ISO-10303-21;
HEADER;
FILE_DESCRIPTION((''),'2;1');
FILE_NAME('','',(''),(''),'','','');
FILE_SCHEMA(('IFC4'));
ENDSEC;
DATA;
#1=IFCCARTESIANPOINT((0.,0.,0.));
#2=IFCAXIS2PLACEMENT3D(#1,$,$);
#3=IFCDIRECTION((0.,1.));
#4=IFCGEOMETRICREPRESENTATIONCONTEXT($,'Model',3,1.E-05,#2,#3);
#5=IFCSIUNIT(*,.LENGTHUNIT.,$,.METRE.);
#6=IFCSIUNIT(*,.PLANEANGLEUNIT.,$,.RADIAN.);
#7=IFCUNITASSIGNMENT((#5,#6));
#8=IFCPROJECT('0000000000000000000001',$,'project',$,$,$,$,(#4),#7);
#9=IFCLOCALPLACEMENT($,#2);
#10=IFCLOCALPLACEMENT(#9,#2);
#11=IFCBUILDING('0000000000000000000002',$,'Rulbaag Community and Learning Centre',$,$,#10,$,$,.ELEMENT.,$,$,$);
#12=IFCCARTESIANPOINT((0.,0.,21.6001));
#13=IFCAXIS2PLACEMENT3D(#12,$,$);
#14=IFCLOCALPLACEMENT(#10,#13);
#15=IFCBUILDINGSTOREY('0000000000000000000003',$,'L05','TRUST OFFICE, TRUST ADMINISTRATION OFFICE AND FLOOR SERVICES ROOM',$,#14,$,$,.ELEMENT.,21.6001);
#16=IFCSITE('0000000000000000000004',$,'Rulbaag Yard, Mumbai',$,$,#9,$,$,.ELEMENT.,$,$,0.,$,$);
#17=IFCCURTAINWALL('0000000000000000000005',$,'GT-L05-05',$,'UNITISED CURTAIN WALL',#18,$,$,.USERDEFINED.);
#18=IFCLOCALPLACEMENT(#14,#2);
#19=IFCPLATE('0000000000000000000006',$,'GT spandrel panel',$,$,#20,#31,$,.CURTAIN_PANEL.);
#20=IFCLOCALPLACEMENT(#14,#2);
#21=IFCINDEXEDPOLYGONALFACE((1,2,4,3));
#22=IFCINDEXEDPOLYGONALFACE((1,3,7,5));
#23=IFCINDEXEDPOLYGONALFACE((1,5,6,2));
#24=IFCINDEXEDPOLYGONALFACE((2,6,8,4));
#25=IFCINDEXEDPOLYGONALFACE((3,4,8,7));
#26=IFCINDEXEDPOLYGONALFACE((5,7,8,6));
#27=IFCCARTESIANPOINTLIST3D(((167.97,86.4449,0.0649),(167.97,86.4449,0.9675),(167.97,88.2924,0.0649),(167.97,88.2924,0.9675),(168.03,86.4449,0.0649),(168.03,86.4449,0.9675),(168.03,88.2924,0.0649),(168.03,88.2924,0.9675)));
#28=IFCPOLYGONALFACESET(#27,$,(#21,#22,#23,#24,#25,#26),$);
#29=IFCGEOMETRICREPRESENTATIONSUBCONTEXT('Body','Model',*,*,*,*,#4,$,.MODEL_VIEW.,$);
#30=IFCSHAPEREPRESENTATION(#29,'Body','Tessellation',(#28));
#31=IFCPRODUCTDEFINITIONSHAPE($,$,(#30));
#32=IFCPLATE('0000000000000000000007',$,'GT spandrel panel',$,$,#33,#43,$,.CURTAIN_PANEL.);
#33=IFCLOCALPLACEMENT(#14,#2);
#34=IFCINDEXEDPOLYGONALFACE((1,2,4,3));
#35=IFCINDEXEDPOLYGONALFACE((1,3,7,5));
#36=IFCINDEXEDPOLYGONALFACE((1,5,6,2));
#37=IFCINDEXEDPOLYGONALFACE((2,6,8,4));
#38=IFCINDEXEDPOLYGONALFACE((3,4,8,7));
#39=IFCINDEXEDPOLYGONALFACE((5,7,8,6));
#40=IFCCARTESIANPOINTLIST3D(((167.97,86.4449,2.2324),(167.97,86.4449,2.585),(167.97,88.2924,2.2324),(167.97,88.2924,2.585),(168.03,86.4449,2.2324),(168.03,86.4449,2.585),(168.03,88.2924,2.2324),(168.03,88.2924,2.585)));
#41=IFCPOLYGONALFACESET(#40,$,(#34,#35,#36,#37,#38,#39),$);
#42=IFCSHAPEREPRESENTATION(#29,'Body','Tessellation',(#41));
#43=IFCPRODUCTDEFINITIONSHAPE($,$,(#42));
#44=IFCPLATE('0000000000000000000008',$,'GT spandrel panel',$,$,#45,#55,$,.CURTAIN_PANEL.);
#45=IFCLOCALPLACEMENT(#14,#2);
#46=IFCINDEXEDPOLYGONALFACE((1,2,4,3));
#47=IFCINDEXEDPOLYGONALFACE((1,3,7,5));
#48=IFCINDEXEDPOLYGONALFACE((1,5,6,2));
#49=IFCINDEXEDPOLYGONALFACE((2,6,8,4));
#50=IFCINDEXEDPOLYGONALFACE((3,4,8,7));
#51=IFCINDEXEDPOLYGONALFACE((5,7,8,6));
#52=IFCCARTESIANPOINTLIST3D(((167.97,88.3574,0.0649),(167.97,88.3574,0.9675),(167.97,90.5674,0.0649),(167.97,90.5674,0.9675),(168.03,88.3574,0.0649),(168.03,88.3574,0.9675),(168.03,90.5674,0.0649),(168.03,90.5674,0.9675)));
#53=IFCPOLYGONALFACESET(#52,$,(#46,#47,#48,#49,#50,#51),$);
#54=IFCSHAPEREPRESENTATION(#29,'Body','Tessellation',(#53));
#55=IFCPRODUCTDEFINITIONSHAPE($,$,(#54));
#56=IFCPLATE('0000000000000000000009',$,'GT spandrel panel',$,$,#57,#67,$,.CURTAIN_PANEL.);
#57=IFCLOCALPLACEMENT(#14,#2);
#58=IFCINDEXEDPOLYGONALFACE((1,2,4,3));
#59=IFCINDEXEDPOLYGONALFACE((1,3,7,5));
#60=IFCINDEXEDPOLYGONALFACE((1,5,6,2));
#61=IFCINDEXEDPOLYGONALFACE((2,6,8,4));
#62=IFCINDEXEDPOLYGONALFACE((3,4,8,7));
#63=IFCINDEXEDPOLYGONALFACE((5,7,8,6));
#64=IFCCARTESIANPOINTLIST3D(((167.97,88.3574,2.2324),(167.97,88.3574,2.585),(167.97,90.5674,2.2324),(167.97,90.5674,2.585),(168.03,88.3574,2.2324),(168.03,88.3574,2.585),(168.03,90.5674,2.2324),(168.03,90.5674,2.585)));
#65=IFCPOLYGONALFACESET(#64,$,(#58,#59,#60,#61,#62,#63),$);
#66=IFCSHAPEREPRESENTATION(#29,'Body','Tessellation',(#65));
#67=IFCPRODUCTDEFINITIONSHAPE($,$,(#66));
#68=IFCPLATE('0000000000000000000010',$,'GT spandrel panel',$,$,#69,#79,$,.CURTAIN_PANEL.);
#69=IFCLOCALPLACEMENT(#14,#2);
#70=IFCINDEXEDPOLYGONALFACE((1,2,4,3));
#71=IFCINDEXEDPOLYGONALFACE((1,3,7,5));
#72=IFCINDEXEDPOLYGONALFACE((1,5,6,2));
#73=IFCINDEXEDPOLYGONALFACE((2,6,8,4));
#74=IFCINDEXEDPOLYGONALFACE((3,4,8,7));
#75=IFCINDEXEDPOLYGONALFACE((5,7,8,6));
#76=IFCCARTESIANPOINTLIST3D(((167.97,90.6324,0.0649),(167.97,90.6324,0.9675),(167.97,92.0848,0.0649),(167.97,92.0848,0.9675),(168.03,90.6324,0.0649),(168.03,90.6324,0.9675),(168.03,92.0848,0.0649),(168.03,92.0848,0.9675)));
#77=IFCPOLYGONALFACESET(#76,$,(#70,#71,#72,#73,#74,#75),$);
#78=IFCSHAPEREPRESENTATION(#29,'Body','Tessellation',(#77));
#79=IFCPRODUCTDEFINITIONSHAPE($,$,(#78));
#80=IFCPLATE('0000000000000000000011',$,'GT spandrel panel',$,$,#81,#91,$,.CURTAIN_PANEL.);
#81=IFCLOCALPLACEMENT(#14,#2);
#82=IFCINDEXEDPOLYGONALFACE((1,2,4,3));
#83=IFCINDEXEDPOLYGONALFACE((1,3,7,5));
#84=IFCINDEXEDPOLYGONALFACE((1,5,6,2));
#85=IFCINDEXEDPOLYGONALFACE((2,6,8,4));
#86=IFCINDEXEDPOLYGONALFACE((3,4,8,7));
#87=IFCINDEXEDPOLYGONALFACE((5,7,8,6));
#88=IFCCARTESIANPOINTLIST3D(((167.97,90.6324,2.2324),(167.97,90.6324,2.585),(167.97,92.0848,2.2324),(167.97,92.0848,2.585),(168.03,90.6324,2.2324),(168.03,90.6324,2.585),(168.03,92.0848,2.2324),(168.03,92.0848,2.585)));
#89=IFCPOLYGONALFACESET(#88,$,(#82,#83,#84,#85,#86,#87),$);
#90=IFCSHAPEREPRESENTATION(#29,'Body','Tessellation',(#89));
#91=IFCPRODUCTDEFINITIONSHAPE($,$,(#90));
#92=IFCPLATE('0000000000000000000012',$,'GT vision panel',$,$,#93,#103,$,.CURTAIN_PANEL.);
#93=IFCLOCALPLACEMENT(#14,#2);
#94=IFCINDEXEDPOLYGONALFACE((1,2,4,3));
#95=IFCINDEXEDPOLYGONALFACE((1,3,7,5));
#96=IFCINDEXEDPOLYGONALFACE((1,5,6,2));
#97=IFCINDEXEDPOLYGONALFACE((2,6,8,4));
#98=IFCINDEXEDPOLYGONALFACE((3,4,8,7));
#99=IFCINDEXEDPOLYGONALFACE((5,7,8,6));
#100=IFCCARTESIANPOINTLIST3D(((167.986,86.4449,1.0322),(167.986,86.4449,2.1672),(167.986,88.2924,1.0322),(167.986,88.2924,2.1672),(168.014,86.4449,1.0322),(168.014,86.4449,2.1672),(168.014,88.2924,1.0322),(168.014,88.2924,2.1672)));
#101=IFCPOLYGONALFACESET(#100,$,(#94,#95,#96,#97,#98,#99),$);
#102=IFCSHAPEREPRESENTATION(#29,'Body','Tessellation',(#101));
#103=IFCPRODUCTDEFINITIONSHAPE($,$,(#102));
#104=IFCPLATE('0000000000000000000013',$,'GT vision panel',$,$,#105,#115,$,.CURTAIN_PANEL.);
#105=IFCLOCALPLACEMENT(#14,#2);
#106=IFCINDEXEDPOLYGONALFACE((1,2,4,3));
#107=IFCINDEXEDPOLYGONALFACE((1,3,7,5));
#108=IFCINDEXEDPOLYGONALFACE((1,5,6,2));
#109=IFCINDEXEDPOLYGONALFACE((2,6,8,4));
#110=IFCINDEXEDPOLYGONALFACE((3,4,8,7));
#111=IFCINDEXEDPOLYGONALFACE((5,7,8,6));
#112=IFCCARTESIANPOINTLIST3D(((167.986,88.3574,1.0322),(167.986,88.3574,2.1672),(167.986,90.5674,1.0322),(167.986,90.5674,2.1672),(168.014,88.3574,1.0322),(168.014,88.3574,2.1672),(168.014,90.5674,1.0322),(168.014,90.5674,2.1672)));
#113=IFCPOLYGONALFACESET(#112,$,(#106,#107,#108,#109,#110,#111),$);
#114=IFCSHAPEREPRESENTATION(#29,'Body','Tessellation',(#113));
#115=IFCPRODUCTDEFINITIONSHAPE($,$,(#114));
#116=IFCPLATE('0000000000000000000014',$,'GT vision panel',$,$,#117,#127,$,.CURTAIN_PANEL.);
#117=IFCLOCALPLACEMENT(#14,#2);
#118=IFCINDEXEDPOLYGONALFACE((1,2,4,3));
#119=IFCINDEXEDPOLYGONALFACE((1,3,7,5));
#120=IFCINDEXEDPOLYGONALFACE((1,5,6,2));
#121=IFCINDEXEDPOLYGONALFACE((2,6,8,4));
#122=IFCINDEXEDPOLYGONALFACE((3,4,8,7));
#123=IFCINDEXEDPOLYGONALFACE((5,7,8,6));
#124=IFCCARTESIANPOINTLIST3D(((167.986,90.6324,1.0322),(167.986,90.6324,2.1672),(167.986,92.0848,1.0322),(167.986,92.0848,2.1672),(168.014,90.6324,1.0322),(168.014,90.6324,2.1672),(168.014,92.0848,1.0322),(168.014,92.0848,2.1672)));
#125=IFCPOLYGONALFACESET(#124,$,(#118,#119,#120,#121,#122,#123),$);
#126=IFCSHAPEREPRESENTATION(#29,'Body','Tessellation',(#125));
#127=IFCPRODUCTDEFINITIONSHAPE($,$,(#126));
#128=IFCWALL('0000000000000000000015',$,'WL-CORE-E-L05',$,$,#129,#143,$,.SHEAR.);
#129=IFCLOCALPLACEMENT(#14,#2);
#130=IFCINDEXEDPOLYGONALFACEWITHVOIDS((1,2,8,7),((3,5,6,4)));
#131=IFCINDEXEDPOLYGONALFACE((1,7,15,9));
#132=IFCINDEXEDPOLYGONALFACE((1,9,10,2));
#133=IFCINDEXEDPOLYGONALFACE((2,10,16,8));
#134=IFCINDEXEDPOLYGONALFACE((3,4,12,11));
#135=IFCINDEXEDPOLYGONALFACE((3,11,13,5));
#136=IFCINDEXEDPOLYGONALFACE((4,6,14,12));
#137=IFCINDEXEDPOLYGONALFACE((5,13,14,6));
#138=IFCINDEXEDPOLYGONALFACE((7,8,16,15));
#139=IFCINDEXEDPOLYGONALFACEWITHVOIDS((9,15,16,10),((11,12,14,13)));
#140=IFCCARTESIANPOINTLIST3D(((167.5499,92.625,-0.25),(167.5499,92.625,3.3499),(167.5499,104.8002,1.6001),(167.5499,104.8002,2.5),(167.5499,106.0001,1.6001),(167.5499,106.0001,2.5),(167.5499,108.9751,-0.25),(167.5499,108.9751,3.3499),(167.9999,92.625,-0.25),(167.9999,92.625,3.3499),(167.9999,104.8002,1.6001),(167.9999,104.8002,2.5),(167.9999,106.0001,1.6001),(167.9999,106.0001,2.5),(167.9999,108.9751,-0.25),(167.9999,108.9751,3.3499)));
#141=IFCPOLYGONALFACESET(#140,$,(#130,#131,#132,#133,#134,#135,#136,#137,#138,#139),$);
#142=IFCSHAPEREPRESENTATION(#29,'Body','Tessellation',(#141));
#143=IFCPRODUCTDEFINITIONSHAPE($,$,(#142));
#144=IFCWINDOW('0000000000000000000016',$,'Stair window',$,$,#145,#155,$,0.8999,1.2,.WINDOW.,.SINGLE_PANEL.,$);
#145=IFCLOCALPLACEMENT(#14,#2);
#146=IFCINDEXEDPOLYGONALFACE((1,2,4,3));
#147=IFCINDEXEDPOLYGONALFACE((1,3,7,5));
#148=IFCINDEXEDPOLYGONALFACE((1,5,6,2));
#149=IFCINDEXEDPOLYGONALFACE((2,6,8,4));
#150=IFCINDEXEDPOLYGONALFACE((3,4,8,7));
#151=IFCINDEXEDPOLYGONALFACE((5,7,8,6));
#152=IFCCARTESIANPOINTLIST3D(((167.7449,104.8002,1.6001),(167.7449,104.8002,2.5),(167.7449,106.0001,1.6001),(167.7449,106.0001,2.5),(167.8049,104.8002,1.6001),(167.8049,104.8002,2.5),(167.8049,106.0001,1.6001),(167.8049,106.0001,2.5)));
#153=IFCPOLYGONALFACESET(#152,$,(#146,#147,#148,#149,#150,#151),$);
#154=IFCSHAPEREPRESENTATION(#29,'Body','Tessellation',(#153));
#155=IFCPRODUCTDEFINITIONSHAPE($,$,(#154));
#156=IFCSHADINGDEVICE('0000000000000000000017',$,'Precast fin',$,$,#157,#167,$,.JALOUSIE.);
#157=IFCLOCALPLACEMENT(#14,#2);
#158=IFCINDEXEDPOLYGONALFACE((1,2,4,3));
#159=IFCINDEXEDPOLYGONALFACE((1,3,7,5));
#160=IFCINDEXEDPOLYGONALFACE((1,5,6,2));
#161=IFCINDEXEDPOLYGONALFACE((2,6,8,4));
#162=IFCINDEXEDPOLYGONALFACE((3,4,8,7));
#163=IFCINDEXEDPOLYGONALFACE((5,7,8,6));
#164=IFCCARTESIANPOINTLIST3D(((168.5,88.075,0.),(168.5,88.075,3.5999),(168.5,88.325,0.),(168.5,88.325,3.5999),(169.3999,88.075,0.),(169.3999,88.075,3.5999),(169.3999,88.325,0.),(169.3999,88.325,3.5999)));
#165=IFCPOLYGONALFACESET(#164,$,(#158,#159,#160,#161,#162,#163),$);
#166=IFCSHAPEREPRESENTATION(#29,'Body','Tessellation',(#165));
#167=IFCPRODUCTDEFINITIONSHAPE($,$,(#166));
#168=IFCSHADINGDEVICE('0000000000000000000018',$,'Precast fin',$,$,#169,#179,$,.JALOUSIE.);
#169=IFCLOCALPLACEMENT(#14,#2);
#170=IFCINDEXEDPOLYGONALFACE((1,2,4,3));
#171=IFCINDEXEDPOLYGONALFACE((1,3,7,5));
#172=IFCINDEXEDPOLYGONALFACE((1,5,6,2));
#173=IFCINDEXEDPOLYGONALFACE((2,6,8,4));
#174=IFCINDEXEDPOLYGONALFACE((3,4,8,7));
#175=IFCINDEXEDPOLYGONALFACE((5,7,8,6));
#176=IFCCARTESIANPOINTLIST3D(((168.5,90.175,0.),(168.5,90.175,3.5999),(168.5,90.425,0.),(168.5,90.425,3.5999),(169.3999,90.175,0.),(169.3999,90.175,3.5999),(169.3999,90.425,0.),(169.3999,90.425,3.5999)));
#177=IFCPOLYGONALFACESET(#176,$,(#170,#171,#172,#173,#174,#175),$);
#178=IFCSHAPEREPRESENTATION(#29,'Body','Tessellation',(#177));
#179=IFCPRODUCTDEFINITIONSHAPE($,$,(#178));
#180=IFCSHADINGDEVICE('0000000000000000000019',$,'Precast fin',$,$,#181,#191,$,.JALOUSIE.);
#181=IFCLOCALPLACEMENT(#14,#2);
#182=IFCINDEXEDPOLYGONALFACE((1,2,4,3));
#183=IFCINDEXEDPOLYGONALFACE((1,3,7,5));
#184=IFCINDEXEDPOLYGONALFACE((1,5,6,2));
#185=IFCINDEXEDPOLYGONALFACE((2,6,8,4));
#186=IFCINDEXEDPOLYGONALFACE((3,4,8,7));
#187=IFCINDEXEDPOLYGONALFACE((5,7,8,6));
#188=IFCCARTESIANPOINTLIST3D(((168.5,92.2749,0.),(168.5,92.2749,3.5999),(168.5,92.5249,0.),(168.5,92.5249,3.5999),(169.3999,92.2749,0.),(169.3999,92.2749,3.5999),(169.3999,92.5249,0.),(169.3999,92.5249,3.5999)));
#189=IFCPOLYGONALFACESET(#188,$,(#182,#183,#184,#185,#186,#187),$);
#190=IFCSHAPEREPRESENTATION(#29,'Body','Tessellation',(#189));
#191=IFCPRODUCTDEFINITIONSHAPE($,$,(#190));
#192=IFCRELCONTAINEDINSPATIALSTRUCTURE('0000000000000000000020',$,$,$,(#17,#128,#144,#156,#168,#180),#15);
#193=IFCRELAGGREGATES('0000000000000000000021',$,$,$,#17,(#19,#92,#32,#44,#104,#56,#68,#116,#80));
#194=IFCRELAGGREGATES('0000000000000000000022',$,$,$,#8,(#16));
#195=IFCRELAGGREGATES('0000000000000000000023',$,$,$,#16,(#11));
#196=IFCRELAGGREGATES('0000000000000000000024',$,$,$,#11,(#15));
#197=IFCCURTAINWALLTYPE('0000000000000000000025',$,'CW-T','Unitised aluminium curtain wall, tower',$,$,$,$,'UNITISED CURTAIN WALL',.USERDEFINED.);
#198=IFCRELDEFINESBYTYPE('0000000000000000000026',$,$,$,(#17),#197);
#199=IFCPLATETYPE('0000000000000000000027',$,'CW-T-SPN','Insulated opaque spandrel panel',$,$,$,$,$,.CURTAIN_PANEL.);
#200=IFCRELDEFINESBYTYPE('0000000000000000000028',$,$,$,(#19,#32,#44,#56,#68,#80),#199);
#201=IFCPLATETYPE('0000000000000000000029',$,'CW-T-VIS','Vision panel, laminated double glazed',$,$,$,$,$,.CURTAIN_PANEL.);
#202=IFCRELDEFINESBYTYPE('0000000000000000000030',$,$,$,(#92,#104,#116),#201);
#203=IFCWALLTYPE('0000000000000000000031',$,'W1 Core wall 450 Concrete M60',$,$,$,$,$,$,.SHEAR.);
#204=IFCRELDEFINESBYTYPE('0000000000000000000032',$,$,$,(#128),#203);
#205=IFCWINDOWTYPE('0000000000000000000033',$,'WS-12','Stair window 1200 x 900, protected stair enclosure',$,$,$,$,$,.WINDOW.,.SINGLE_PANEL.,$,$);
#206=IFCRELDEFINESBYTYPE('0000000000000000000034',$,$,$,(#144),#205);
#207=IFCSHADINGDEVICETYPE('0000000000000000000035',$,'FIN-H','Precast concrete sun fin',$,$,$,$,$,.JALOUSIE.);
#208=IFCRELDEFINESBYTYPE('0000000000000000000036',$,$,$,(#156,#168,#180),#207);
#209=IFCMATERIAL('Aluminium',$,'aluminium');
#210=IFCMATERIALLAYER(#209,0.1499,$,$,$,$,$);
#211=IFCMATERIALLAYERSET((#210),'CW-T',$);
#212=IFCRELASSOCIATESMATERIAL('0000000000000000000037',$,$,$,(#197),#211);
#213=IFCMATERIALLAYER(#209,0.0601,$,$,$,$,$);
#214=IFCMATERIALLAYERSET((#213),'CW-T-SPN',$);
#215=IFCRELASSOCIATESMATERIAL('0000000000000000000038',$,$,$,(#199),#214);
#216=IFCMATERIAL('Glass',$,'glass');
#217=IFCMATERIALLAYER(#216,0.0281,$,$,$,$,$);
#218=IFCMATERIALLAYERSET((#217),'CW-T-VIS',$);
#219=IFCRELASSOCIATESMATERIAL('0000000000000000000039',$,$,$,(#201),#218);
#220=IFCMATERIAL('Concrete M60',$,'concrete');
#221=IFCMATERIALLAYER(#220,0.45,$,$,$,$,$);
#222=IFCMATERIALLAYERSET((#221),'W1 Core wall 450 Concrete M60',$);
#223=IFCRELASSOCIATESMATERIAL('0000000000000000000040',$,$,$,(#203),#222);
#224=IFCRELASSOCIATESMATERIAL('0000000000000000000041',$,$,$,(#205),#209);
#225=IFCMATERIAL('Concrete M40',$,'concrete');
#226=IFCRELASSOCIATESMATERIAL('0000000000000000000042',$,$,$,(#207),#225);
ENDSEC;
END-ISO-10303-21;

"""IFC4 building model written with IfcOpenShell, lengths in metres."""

from ifc_helpers import new_model, si_unit, direction, frame, frame_2d, origin, origin_2d, place, context, subcontext, project, spatial, rectangle, extrude, material, layer, layer_set, material_profile, profile_set, type_object, element, fill, aggregate, save


model = new_model("IFC4")

# Units and contexts
model_context = context("Model", 3, precision=1e-05, world=origin(), true_north=direction((0.0, 1.0)))
body_context = subcontext(model_context, "Body", "Model", "MODEL_VIEW")
ifc_project = project(units=[si_unit("LENGTHUNIT", "METRE"), si_unit("PLANEANGLEUNIT", "RADIAN")], contexts=[model_context])

# Site, building, storey
site_placement = place(None, origin())
site = spatial("IfcSite", under=ifc_project, at=site_placement, Name="Rulbaag Yard, Mumbai", CompositionType="ELEMENT", RefElevation=0.0)
building_placement = place(site_placement, origin())
building = spatial("IfcBuilding", under=site, at=building_placement, Name="Rulbaag Community and Learning Centre", CompositionType="ELEMENT")
storey_placement = place(building_placement, frame((0.0, 0.0, 21.6001)))
storey = spatial("IfcBuildingStorey", under=building, at=storey_placement, Name="L05", Description="TRUST OFFICE, TRUST ADMINISTRATION OFFICE AND FLOOR SERVICES ROOM", CompositionType="ELEMENT", Elevation=21.6001)

# Curtain wall, plates
ifc_material_1 = material(Name="Aluminium", Category="aluminium")
ifc_layer_1 = layer(ifc_material_1, 0.1499)
ifc_layer_set_1 = layer_set([ifc_layer_1], Name="CW-T")
curtain_wall_type = type_object("IfcCurtainWallType", Name="CW-T", Description="Unitised aluminium curtain wall, tower", ElementType="UNITISED CURTAIN WALL", PredefinedType="USERDEFINED", material=ifc_layer_set_1)
curtain_wall_placement = place(storey_placement, origin())
curtain_wall = element("IfcCurtainWall", 1, at=curtain_wall_placement, inside=storey, type_object=curtain_wall_type, Name="GT-L05-05", ObjectType="UNITISED CURTAIN WALL", PredefinedType="USERDEFINED")
ifc_layer_2 = layer(ifc_material_1, 0.0601)
ifc_layer_set_2 = layer_set([ifc_layer_2], Name="CW-T-SPN")
plate_type_1 = type_object("IfcPlateType", Name="CW-T-SPN", Description="Insulated opaque spandrel panel", PredefinedType="CURTAIN_PANEL", material=ifc_layer_set_2)
plate_1_placement = place(storey_placement, frame((168.0, 87.3687, 0.0649), z_axis=(0.0, 0.0, 1.0), x_axis=(0.0, 1.0, 0.0)))
plate_1 = element("IfcPlate", 2, at=plate_1_placement, type_object=plate_type_1, Name="GT spandrel panel", PredefinedType="CURTAIN_PANEL", context=body_context, shape_type="SweptSolid", body=[
    extrude(rectangle(XDim=1.8474, YDim=0.0601, at=origin_2d()), origin(), (0.0, 0.0, 1.0), 0.9026),
])
plate_2_placement = place(storey_placement, frame((168.0, 87.3687, 2.2324), z_axis=(0.0, 0.0, 1.0), x_axis=(0.0, 1.0, 0.0)))
plate_2 = element("IfcPlate", 3, at=plate_2_placement, type_object=plate_type_1, Name="GT spandrel panel", PredefinedType="CURTAIN_PANEL", context=body_context, shape_type="SweptSolid", body=[
    extrude(rectangle(XDim=1.8474, YDim=0.0601, at=origin_2d()), origin(), (0.0, 0.0, 1.0), 0.3525),
])
plate_3_placement = place(storey_placement, frame((168.0, 89.4624, 0.0649), z_axis=(0.0, 0.0, 1.0), x_axis=(0.0, 1.0, 0.0)))
plate_3 = element("IfcPlate", 4, at=plate_3_placement, type_object=plate_type_1, Name="GT spandrel panel", PredefinedType="CURTAIN_PANEL", context=body_context, shape_type="SweptSolid", body=[
    extrude(rectangle(XDim=2.21, YDim=0.0601, at=origin_2d()), origin(), (0.0, 0.0, 1.0), 0.9026),
])
plate_4_placement = place(storey_placement, frame((168.0, 89.4624, 2.2324), z_axis=(0.0, 0.0, 1.0), x_axis=(0.0, 1.0, 0.0)))
plate_4 = element("IfcPlate", 5, at=plate_4_placement, type_object=plate_type_1, Name="GT spandrel panel", PredefinedType="CURTAIN_PANEL", context=body_context, shape_type="SweptSolid", body=[
    extrude(rectangle(XDim=2.21, YDim=0.0601, at=origin_2d()), origin(), (0.0, 0.0, 1.0), 0.3525),
])
plate_5_placement = place(storey_placement, frame((168.0, 91.3586, 0.0649), z_axis=(0.0, 0.0, 1.0), x_axis=(0.0, 1.0, 0.0)))
plate_5 = element("IfcPlate", 6, at=plate_5_placement, type_object=plate_type_1, Name="GT spandrel panel", PredefinedType="CURTAIN_PANEL", context=body_context, shape_type="SweptSolid", body=[
    extrude(rectangle(XDim=1.4524, YDim=0.0601, at=origin_2d()), origin(), (0.0, 0.0, 1.0), 0.9026),
])
plate_6_placement = place(storey_placement, frame((168.0, 91.3586, 2.2324), z_axis=(0.0, 0.0, 1.0), x_axis=(0.0, 1.0, 0.0)))
plate_6 = element("IfcPlate", 7, at=plate_6_placement, type_object=plate_type_1, Name="GT spandrel panel", PredefinedType="CURTAIN_PANEL", context=body_context, shape_type="SweptSolid", body=[
    extrude(rectangle(XDim=1.4524, YDim=0.0601, at=origin_2d()), origin(), (0.0, 0.0, 1.0), 0.3525),
])
ifc_material_2 = material(Name="Glass", Category="glass")
ifc_layer_3 = layer(ifc_material_2, 0.0281)
ifc_layer_set_3 = layer_set([ifc_layer_3], Name="CW-T-VIS")
plate_type_2 = type_object("IfcPlateType", Name="CW-T-VIS", Description="Vision panel, laminated double glazed", PredefinedType="CURTAIN_PANEL", material=ifc_layer_set_3)
plate_7_placement = place(storey_placement, frame((168.0, 87.3687, 1.0322), z_axis=(0.0, 0.0, 1.0), x_axis=(0.0, 1.0, 0.0)))
plate_7 = element("IfcPlate", 8, at=plate_7_placement, type_object=plate_type_2, Name="GT vision panel", PredefinedType="CURTAIN_PANEL", context=body_context, shape_type="SweptSolid", body=[
    extrude(rectangle(XDim=1.8474, YDim=0.0281, at=origin_2d()), origin(), (0.0, 0.0, 1.0), 1.135),
])
plate_8_placement = place(storey_placement, frame((168.0, 89.4624, 1.0322), z_axis=(0.0, 0.0, 1.0), x_axis=(0.0, 1.0, 0.0)))
plate_8 = element("IfcPlate", 9, at=plate_8_placement, type_object=plate_type_2, Name="GT vision panel", PredefinedType="CURTAIN_PANEL", context=body_context, shape_type="SweptSolid", body=[
    extrude(rectangle(XDim=2.21, YDim=0.0281, at=origin_2d()), origin(), (0.0, 0.0, 1.0), 1.135),
])
plate_9_placement = place(storey_placement, frame((168.0, 91.3586, 1.0322), z_axis=(0.0, 0.0, 1.0), x_axis=(0.0, 1.0, 0.0)))
plate_9 = element("IfcPlate", 10, at=plate_9_placement, type_object=plate_type_2, Name="GT vision panel", PredefinedType="CURTAIN_PANEL", context=body_context, shape_type="SweptSolid", body=[
    extrude(rectangle(XDim=1.4524, YDim=0.0281, at=origin_2d()), origin(), (0.0, 0.0, 1.0), 1.135),
])
aggregate(curtain_wall, [plate_1, plate_7, plate_2, plate_3, plate_8, plate_4, plate_5, plate_9, plate_6])

# Wall, opening, window
ifc_material_3 = material(Name="Concrete M60", Category="concrete")
ifc_layer_4 = layer(ifc_material_3, 0.45)
ifc_layer_set_4 = layer_set([ifc_layer_4], Name="W1 Core wall 450 Concrete M60")
wall_type = type_object("IfcWallType", Name="W1 Core wall 450 Concrete M60", PredefinedType="SHEAR", material=ifc_layer_set_4)
wall_placement = place(storey_placement, frame((167.7749, 92.625, -0.25), z_axis=(0.0, 0.0, 1.0), x_axis=(0.0, 1.0, 0.0)))
wall = element("IfcWall", 11, at=wall_placement, inside=storey, type_object=wall_type, Name="WL-CORE-E-L05", PredefinedType="SHEAR", context=body_context, shape_type="SweptSolid", body=[
    extrude(rectangle(XDim=16.3501, YDim=0.45, at=frame_2d((8.175, 0.0))), origin(), (0.0, 0.0, 1.0), 3.5999),
])
opening_placement = place(wall_placement, frame((12.175, 0.0, 1.8501)))
opening = element("IfcOpeningElement", 12, at=opening_placement, cuts=wall, PredefinedType="OPENING", context=body_context, shape_type="SweptSolid", body=[
    extrude(rectangle(XDim=1.2, YDim=0.8999, at=frame_2d((0.6001, 0.45))), frame((0.0, 0.2349, 0.0), z_axis=(0.0, -1.0, 0.0), x_axis=(1.0, 0.0, 0.0)), (0.0, 0.0, 1.0), 0.47),
])
window_type = type_object("IfcWindowType", Name="WS-12", Description="Stair window 1200 x 900, protected stair enclosure", PartitioningType="SINGLE_PANEL", PredefinedType="WINDOW", material=ifc_material_1)
window_placement = place(opening_placement, origin())
window = element("IfcWindow", 13, at=window_placement, inside=storey, type_object=window_type, Name="Stair window", OverallHeight=0.8999, OverallWidth=1.2, PartitioningType="SINGLE_PANEL", PredefinedType="WINDOW", context=body_context, shape_type="SweptSolid", body=[
    extrude(rectangle(XDim=1.2, YDim=0.8999, at=frame_2d((0.6001, 0.45))), frame((0.0, 0.03, 0.0), z_axis=(0.0, -1.0, 0.0), x_axis=(1.0, 0.0, 0.0)), (0.0, 0.0, 1.0), 0.0601),
])
fill(opening, window)

# Shading devices
ifc_material_4 = material(Name="Concrete M40", Category="concrete")
ifc_material_profile_1 = material_profile(ifc_material_4, rectangle(XDim=0.25, YDim=0.8999, at=origin_2d()), Name="PC 250x900")
ifc_profile_set_1 = profile_set([ifc_material_profile_1], Name="Concrete M40")
shading_device_type = type_object("IfcShadingDeviceType", Name="FIN-H", Description="Precast concrete sun fin", PredefinedType="JALOUSIE", material=ifc_profile_set_1)
for number, where, z_axis, x_axis, name in (
    (14, (168.95, 88.2, 0.0), (0.0, 0.0, 1.0), (0.0, 1.0, 0.0), "Precast fin"),
    (15, (168.95, 90.3, 0.0), (0.0, 0.0, 1.0), (0.0, 1.0, 0.0), "Precast fin"),
    (16, (168.95, 92.3999, 0.0), (0.0, 0.0, 1.0), (0.0, 1.0, 0.0), "Precast fin"),
):
    element("IfcShadingDevice", number, at=place(storey_placement, frame(where, z_axis=z_axis, x_axis=x_axis)), inside=storey, type_object=shading_device_type, Name=name, PredefinedType="JALOUSIE", context=body_context, shape_type="SweptSolid", body=[
        extrude(rectangle(XDim=0.25, YDim=0.8999, at=origin_2d()), origin(), (0.0, 0.0, 1.0), 3.5999),
    ])

save(model, "model.ifc")
